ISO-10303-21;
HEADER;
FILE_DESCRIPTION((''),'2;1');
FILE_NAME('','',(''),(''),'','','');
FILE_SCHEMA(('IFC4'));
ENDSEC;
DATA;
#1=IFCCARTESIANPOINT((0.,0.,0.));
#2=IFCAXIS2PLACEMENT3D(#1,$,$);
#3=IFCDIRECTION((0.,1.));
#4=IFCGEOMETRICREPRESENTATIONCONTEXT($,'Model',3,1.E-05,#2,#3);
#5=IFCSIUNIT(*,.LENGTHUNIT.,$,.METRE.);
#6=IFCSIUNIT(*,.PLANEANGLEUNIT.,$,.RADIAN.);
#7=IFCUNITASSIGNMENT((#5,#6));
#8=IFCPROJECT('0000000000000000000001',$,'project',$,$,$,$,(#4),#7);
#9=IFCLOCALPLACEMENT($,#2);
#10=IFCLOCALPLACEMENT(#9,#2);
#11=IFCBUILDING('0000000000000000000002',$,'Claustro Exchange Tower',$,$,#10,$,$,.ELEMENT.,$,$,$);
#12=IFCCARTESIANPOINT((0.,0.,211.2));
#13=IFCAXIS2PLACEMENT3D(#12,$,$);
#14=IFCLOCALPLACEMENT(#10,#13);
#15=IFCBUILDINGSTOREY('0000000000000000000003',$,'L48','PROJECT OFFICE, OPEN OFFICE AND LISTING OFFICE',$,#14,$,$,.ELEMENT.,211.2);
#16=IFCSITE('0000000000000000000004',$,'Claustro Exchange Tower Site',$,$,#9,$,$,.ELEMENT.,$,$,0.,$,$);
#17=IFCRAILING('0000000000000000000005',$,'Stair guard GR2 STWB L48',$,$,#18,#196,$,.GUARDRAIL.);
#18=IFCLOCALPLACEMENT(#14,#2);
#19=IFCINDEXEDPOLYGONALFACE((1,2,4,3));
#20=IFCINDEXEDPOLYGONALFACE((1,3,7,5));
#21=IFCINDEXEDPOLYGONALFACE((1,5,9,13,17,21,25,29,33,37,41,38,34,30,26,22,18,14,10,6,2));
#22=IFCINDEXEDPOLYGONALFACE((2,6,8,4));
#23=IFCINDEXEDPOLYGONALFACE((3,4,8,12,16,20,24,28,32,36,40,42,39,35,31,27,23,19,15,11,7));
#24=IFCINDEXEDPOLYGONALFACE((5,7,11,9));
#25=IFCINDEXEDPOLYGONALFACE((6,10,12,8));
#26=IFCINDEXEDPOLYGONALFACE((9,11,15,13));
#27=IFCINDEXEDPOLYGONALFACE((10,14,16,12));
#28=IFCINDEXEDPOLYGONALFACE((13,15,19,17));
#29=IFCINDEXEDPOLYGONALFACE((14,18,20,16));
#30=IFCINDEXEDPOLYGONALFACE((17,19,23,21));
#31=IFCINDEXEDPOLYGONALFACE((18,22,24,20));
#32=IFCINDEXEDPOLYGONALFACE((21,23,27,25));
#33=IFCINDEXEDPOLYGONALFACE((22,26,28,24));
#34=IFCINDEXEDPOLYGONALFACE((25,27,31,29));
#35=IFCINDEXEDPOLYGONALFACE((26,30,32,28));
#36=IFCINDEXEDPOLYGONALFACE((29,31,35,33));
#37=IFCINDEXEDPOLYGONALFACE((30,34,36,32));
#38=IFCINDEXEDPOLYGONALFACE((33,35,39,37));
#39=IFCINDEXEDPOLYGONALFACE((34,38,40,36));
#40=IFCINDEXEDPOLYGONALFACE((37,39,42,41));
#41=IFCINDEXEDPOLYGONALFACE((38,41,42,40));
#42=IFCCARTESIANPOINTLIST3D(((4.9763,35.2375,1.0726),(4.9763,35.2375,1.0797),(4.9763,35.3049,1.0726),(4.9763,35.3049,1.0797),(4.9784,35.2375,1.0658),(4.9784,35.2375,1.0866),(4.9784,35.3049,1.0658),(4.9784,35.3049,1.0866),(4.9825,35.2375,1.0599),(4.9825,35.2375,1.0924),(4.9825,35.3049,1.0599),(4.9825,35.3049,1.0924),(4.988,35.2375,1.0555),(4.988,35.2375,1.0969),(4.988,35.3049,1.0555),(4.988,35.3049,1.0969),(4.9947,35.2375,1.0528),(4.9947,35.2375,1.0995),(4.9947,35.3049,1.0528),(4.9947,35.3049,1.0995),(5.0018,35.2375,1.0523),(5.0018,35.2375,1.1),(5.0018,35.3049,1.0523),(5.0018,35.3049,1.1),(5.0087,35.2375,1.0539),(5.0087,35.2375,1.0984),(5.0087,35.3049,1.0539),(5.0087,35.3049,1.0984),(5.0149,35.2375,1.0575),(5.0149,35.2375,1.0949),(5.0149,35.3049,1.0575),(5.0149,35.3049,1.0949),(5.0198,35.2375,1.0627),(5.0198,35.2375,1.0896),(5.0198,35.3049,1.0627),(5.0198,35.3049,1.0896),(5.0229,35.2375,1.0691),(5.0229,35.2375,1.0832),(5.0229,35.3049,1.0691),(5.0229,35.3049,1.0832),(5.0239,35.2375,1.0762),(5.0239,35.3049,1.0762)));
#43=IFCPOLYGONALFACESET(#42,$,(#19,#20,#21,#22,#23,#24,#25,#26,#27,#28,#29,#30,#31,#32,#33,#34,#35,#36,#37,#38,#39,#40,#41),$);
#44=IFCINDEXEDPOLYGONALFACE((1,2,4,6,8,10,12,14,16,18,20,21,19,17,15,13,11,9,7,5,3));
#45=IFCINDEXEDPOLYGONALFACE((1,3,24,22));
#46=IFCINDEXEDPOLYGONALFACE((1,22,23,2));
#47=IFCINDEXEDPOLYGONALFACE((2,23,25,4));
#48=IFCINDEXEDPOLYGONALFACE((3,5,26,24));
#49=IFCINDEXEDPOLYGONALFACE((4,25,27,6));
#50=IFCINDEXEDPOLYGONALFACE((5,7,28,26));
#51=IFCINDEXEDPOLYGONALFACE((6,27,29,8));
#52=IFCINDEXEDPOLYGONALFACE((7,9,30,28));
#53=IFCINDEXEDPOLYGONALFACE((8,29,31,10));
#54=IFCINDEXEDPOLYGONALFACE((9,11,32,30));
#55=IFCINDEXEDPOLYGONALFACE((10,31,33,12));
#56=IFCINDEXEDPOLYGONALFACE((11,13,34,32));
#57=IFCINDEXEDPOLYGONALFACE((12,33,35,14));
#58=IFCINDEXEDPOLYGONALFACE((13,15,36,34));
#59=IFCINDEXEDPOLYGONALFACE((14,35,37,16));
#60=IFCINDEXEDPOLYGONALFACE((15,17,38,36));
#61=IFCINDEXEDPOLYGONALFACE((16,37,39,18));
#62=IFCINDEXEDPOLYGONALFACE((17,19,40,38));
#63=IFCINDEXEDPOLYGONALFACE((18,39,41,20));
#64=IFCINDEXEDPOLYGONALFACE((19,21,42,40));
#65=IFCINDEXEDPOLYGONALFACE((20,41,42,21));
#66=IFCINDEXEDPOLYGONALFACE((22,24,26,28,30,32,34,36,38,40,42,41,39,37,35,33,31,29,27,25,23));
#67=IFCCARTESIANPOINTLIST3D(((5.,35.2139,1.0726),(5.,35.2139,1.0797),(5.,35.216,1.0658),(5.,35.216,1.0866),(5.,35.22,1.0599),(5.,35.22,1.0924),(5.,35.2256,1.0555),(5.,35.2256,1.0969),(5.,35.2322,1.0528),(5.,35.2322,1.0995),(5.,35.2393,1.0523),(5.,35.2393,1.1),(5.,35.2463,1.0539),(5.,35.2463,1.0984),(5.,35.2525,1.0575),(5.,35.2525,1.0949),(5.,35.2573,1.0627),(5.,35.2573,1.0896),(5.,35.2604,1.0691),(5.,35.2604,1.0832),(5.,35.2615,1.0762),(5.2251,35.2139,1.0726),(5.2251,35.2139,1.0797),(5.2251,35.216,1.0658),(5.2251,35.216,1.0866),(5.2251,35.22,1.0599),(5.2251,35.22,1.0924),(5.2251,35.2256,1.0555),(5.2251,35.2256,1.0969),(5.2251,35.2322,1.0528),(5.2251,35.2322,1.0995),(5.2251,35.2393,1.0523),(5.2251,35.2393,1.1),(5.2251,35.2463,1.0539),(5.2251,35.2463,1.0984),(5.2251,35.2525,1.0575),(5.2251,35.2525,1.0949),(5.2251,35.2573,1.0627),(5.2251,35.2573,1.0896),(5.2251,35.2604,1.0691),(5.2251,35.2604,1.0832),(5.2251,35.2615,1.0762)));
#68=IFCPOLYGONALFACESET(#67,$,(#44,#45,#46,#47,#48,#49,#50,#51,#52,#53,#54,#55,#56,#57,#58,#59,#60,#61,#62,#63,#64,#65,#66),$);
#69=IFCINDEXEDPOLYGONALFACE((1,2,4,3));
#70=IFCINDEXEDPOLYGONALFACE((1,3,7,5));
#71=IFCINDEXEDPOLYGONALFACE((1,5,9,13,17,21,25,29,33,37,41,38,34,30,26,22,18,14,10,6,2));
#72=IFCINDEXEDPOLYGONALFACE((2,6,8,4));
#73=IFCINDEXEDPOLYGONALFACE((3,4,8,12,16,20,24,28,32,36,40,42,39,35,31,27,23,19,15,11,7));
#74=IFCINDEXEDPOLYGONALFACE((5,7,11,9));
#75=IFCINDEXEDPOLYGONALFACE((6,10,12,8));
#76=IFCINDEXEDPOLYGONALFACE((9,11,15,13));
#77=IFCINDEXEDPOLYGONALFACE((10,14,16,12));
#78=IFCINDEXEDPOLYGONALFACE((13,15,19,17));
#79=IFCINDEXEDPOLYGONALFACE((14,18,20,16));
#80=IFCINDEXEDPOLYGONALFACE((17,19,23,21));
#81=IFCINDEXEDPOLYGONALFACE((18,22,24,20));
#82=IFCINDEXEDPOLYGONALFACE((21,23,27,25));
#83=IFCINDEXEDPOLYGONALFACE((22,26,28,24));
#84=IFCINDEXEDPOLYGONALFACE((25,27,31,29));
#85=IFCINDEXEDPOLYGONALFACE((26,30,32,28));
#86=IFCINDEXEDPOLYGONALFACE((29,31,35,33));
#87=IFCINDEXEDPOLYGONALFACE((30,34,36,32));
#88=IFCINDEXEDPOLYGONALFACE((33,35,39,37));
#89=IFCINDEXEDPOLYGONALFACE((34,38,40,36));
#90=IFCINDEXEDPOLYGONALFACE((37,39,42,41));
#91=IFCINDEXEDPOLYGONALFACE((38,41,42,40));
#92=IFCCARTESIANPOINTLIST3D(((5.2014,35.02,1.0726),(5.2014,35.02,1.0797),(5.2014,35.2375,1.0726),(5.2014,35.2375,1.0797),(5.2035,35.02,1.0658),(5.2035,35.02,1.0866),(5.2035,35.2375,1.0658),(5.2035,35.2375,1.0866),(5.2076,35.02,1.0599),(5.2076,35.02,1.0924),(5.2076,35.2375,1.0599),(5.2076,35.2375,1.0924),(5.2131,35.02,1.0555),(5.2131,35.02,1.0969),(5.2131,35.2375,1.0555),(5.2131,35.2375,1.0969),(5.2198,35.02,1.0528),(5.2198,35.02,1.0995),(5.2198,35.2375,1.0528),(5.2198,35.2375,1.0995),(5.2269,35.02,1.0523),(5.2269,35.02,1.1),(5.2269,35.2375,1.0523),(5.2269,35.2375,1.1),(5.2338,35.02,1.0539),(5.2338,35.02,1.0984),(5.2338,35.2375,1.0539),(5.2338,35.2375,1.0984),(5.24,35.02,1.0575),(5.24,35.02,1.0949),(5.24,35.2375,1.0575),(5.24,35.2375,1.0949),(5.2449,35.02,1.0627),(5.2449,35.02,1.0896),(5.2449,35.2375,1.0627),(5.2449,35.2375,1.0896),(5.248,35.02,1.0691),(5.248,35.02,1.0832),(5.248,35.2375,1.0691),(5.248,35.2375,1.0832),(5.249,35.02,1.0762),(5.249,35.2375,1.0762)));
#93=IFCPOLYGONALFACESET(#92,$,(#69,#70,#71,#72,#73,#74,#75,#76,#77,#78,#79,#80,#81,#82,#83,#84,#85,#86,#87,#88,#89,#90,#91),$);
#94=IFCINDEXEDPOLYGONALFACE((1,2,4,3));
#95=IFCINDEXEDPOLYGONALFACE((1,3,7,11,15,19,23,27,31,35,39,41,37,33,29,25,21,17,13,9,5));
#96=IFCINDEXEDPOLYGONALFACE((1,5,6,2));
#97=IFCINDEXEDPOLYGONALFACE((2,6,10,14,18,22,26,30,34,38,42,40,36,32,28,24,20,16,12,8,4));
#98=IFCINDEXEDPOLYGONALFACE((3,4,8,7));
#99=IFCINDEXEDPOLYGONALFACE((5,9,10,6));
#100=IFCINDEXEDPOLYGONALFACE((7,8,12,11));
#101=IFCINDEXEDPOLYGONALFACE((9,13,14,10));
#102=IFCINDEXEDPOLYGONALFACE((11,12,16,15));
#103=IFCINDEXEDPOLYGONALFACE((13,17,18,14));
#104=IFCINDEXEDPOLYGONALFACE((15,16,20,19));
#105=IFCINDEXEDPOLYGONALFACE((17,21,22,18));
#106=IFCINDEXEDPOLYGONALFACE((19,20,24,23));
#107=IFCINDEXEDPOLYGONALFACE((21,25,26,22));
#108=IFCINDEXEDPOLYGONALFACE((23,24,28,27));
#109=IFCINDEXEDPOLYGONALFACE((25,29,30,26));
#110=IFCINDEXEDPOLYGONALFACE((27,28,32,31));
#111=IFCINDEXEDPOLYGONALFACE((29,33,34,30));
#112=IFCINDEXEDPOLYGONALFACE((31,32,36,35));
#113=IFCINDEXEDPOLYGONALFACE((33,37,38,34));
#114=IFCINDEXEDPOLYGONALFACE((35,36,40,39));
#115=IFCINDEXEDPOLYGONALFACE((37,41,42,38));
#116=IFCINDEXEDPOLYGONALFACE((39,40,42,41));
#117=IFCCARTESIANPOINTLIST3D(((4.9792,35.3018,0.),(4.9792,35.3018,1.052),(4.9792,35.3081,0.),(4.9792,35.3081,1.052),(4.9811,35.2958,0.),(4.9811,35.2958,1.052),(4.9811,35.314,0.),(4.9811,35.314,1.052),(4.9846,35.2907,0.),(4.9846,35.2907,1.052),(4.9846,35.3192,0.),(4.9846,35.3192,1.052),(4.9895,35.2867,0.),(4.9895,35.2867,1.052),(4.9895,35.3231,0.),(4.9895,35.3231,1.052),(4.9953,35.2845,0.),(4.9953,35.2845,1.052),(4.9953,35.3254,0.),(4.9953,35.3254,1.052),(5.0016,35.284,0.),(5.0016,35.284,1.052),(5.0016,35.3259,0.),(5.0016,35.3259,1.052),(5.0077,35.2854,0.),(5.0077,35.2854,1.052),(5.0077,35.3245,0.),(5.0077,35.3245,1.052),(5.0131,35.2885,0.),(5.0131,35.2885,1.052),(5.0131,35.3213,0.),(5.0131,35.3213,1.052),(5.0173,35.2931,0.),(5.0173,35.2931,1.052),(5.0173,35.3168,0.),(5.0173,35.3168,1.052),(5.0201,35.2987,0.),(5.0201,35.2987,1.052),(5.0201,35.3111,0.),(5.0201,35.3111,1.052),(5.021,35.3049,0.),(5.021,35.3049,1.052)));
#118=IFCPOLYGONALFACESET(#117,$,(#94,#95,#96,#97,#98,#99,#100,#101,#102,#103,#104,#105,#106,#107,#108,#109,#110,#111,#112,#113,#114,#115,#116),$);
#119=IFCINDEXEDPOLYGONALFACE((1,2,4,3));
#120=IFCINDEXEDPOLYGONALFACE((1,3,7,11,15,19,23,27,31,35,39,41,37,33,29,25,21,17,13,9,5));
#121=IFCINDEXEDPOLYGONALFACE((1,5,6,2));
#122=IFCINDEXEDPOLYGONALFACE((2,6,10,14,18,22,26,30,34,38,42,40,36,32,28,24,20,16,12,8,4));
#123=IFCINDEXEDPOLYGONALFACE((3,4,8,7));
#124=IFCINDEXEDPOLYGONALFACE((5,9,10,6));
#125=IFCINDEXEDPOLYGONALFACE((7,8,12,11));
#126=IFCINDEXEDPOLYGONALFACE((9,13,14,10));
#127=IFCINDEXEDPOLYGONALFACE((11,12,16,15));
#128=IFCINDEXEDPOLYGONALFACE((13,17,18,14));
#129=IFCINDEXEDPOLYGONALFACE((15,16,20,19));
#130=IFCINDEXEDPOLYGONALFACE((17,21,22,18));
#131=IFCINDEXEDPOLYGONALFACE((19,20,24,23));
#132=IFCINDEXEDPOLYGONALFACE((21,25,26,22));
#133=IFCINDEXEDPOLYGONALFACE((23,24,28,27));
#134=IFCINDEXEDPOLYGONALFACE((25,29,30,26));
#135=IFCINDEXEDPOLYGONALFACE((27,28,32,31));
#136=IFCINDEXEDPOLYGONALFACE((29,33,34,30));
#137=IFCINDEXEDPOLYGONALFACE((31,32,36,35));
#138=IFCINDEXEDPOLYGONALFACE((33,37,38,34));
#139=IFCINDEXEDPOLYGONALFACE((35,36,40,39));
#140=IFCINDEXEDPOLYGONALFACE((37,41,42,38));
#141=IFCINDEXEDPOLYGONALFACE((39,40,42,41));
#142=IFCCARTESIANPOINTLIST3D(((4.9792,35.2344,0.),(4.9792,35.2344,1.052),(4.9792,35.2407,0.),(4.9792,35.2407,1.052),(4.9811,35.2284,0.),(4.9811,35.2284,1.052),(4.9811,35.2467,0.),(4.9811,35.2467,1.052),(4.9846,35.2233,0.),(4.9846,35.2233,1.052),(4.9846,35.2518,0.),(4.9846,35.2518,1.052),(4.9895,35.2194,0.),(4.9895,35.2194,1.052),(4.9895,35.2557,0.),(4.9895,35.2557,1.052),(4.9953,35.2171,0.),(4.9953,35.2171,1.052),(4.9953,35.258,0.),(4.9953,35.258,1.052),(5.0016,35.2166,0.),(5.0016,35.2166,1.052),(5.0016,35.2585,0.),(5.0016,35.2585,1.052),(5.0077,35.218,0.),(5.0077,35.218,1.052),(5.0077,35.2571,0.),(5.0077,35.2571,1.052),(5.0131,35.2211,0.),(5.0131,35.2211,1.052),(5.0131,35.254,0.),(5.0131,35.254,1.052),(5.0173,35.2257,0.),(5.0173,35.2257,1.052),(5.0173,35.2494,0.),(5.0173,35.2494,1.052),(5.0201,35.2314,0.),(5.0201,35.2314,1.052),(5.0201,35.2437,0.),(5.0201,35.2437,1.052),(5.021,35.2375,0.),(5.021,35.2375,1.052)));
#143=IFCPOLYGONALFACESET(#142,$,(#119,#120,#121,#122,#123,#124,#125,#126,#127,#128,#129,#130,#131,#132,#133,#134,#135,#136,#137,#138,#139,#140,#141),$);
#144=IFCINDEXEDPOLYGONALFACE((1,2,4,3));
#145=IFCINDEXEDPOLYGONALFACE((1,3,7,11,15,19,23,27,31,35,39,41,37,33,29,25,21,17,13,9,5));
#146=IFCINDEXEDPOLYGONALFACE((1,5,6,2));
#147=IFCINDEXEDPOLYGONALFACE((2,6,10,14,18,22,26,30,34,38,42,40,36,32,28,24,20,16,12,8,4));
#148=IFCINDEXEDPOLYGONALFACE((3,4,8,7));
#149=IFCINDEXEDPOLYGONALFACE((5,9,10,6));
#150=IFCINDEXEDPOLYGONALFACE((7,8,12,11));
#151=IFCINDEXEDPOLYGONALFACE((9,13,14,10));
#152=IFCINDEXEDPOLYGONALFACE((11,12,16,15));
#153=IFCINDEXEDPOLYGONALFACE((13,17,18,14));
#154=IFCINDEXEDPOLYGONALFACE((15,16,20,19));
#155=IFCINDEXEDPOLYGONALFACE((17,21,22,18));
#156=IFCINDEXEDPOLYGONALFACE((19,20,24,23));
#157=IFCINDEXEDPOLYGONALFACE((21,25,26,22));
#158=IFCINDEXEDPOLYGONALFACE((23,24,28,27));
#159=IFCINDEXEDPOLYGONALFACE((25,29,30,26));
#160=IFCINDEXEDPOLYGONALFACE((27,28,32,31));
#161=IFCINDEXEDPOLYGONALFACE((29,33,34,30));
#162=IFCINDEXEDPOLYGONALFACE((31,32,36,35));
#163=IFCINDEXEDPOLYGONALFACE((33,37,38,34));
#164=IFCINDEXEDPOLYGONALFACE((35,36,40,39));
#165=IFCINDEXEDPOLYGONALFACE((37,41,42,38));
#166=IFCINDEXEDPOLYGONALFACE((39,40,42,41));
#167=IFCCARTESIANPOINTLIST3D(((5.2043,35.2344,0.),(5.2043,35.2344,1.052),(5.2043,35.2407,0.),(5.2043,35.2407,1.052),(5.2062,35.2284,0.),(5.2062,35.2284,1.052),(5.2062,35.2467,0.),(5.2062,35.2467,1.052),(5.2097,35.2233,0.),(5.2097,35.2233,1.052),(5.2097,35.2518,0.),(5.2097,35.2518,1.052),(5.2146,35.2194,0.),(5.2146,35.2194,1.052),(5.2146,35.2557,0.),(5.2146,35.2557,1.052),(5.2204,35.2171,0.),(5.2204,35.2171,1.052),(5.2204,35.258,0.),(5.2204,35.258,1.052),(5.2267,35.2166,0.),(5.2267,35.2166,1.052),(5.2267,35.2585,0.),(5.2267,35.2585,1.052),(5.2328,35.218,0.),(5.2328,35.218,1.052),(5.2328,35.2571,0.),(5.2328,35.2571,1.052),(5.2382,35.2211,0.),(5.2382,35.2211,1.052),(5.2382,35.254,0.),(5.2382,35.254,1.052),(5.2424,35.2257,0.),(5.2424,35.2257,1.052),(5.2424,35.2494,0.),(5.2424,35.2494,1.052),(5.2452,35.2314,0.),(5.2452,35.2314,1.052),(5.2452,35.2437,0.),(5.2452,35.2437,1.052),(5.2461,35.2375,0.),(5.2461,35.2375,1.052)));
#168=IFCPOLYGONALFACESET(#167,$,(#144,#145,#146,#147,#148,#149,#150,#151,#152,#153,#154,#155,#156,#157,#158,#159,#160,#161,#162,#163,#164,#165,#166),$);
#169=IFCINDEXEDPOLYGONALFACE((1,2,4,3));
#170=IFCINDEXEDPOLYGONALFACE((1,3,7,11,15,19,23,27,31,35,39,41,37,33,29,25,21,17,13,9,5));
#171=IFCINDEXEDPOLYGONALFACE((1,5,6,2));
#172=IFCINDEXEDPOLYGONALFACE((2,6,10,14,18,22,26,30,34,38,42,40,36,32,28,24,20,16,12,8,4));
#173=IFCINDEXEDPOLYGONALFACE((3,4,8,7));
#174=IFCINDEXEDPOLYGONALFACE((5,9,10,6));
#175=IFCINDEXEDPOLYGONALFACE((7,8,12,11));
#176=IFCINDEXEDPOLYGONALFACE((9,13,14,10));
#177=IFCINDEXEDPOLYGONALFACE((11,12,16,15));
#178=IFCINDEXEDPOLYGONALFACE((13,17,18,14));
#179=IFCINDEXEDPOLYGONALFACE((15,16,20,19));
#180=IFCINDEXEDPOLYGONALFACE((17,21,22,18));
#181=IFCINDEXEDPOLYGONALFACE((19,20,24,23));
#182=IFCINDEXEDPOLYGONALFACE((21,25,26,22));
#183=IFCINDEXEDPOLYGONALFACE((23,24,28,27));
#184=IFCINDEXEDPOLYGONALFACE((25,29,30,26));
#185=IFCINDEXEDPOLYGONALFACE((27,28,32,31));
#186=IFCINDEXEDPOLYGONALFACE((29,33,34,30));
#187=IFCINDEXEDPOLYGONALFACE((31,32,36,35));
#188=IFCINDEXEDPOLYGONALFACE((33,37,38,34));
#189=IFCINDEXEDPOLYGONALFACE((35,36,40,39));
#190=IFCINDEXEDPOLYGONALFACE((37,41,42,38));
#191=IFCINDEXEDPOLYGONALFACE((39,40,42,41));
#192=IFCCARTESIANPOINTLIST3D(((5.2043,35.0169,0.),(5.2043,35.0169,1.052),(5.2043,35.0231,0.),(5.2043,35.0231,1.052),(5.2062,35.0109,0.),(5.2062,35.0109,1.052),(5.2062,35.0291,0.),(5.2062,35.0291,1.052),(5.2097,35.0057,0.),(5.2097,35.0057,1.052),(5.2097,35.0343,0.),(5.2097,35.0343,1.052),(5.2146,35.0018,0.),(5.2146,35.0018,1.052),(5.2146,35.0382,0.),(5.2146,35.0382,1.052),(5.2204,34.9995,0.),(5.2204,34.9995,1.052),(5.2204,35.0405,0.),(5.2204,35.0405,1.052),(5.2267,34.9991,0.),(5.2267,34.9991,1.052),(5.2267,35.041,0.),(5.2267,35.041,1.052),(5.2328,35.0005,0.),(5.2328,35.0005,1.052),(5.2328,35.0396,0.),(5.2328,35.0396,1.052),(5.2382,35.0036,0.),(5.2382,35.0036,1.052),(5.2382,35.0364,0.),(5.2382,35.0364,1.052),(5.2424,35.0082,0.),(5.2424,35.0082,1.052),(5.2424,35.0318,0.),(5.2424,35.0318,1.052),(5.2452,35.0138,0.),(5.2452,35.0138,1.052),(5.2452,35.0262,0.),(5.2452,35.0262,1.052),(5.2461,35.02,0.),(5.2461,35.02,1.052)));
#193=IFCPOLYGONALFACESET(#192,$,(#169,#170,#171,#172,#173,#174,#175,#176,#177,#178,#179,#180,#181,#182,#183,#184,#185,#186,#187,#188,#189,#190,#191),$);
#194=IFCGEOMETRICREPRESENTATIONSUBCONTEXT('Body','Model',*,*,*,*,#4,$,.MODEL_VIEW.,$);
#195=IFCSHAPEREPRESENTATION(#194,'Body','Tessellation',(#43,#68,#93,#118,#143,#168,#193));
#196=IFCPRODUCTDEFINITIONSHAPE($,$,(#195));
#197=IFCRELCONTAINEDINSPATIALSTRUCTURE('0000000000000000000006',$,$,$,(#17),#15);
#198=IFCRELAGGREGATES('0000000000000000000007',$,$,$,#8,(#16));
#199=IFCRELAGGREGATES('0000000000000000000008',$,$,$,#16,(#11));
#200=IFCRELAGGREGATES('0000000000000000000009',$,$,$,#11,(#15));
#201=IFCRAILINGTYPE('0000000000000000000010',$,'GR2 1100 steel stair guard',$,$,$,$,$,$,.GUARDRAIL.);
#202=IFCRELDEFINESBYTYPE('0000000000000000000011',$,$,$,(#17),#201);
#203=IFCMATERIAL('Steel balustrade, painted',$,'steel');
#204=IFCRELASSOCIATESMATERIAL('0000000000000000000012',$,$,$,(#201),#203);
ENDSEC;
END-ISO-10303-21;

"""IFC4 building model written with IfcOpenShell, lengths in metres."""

from ifc_helpers import new_model, si_unit, direction, frame, origin, origin_2d, place, context, subcontext, project, spatial, circle, extrude, material, type_object, element, save


model = new_model("IFC4")

# Units and contexts
model_context = context("Model", 3, precision=1e-05, world=origin(), true_north=direction((0.0, 1.0)))
body_context = subcontext(model_context, "Body", "Model", "MODEL_VIEW")
ifc_project = project(units=[si_unit("LENGTHUNIT", "METRE"), si_unit("PLANEANGLEUNIT", "RADIAN")], contexts=[model_context])

# Site, building, storey
site_placement = place(None, origin())
site = spatial("IfcSite", under=ifc_project, at=site_placement, Name="Claustro Exchange Tower Site", CompositionType="ELEMENT", RefElevation=0.0)
building_placement = place(site_placement, origin())
building = spatial("IfcBuilding", under=site, at=building_placement, Name="Claustro Exchange Tower", CompositionType="ELEMENT")
storey_placement = place(building_placement, frame((0.0, 0.0, 211.2)))
storey = spatial("IfcBuildingStorey", under=building, at=storey_placement, Name="L48", Description="PROJECT OFFICE, OPEN OFFICE AND LISTING OFFICE", CompositionType="ELEMENT", Elevation=211.2)

# Railing
ifc_material_1 = material(Name="Steel balustrade, painted", Category="steel")
railing_type_1 = type_object("IfcRailingType", Name="GR2 1100 steel stair guard", PredefinedType="GUARDRAIL", material=ifc_material_1)
railing_1_placement = place(storey_placement, frame((5.0, 35.3049, 0.0)))
element("IfcRailing", 1, at=railing_1_placement, inside=storey, type_object=railing_type_1, Name="Stair guard GR2 STWB L48", PredefinedType="GUARDRAIL", context=body_context, shape_type="SweptSolid", body=[
    extrude(circle(Radius=0.0239, at=origin_2d()), frame((0.0, 0.0, 1.0762), z_axis=(0.0, -1.0, 0.0), x_axis=(1.0, 0.0, 0.0)), (0.0, 0.0, 1.0), 0.0674),
    extrude(circle(Radius=0.0239, at=origin_2d()), frame((0.0, -0.0674, 1.0762), z_axis=(1.0, 0.0, 0.0), x_axis=(0.0, 1.0, 0.0)), (0.0, 0.0, 1.0), 0.2251),
    extrude(circle(Radius=0.0239, at=origin_2d()), frame((0.2251, -0.0674, 1.0762), z_axis=(0.0, -1.0, 0.0), x_axis=(1.0, 0.0, 0.0)), (0.0, 0.0, 1.0), 0.2175),
    extrude(circle(Radius=0.021, at=origin_2d()), origin(), (0.0, 0.0, 1.0), 1.052),
    extrude(circle(Radius=0.021, at=origin_2d()), frame((0.0, -0.0674, 0.0)), (0.0, 0.0, 1.0), 1.052),
    extrude(circle(Radius=0.021, at=origin_2d()), frame((0.2251, -0.0674, 0.0)), (0.0, 0.0, 1.0), 1.052),
    extrude(circle(Radius=0.021, at=origin_2d()), frame((0.2251, -0.2849, 0.0)), (0.0, 0.0, 1.0), 1.052),
])

save(model, "model.ifc")
